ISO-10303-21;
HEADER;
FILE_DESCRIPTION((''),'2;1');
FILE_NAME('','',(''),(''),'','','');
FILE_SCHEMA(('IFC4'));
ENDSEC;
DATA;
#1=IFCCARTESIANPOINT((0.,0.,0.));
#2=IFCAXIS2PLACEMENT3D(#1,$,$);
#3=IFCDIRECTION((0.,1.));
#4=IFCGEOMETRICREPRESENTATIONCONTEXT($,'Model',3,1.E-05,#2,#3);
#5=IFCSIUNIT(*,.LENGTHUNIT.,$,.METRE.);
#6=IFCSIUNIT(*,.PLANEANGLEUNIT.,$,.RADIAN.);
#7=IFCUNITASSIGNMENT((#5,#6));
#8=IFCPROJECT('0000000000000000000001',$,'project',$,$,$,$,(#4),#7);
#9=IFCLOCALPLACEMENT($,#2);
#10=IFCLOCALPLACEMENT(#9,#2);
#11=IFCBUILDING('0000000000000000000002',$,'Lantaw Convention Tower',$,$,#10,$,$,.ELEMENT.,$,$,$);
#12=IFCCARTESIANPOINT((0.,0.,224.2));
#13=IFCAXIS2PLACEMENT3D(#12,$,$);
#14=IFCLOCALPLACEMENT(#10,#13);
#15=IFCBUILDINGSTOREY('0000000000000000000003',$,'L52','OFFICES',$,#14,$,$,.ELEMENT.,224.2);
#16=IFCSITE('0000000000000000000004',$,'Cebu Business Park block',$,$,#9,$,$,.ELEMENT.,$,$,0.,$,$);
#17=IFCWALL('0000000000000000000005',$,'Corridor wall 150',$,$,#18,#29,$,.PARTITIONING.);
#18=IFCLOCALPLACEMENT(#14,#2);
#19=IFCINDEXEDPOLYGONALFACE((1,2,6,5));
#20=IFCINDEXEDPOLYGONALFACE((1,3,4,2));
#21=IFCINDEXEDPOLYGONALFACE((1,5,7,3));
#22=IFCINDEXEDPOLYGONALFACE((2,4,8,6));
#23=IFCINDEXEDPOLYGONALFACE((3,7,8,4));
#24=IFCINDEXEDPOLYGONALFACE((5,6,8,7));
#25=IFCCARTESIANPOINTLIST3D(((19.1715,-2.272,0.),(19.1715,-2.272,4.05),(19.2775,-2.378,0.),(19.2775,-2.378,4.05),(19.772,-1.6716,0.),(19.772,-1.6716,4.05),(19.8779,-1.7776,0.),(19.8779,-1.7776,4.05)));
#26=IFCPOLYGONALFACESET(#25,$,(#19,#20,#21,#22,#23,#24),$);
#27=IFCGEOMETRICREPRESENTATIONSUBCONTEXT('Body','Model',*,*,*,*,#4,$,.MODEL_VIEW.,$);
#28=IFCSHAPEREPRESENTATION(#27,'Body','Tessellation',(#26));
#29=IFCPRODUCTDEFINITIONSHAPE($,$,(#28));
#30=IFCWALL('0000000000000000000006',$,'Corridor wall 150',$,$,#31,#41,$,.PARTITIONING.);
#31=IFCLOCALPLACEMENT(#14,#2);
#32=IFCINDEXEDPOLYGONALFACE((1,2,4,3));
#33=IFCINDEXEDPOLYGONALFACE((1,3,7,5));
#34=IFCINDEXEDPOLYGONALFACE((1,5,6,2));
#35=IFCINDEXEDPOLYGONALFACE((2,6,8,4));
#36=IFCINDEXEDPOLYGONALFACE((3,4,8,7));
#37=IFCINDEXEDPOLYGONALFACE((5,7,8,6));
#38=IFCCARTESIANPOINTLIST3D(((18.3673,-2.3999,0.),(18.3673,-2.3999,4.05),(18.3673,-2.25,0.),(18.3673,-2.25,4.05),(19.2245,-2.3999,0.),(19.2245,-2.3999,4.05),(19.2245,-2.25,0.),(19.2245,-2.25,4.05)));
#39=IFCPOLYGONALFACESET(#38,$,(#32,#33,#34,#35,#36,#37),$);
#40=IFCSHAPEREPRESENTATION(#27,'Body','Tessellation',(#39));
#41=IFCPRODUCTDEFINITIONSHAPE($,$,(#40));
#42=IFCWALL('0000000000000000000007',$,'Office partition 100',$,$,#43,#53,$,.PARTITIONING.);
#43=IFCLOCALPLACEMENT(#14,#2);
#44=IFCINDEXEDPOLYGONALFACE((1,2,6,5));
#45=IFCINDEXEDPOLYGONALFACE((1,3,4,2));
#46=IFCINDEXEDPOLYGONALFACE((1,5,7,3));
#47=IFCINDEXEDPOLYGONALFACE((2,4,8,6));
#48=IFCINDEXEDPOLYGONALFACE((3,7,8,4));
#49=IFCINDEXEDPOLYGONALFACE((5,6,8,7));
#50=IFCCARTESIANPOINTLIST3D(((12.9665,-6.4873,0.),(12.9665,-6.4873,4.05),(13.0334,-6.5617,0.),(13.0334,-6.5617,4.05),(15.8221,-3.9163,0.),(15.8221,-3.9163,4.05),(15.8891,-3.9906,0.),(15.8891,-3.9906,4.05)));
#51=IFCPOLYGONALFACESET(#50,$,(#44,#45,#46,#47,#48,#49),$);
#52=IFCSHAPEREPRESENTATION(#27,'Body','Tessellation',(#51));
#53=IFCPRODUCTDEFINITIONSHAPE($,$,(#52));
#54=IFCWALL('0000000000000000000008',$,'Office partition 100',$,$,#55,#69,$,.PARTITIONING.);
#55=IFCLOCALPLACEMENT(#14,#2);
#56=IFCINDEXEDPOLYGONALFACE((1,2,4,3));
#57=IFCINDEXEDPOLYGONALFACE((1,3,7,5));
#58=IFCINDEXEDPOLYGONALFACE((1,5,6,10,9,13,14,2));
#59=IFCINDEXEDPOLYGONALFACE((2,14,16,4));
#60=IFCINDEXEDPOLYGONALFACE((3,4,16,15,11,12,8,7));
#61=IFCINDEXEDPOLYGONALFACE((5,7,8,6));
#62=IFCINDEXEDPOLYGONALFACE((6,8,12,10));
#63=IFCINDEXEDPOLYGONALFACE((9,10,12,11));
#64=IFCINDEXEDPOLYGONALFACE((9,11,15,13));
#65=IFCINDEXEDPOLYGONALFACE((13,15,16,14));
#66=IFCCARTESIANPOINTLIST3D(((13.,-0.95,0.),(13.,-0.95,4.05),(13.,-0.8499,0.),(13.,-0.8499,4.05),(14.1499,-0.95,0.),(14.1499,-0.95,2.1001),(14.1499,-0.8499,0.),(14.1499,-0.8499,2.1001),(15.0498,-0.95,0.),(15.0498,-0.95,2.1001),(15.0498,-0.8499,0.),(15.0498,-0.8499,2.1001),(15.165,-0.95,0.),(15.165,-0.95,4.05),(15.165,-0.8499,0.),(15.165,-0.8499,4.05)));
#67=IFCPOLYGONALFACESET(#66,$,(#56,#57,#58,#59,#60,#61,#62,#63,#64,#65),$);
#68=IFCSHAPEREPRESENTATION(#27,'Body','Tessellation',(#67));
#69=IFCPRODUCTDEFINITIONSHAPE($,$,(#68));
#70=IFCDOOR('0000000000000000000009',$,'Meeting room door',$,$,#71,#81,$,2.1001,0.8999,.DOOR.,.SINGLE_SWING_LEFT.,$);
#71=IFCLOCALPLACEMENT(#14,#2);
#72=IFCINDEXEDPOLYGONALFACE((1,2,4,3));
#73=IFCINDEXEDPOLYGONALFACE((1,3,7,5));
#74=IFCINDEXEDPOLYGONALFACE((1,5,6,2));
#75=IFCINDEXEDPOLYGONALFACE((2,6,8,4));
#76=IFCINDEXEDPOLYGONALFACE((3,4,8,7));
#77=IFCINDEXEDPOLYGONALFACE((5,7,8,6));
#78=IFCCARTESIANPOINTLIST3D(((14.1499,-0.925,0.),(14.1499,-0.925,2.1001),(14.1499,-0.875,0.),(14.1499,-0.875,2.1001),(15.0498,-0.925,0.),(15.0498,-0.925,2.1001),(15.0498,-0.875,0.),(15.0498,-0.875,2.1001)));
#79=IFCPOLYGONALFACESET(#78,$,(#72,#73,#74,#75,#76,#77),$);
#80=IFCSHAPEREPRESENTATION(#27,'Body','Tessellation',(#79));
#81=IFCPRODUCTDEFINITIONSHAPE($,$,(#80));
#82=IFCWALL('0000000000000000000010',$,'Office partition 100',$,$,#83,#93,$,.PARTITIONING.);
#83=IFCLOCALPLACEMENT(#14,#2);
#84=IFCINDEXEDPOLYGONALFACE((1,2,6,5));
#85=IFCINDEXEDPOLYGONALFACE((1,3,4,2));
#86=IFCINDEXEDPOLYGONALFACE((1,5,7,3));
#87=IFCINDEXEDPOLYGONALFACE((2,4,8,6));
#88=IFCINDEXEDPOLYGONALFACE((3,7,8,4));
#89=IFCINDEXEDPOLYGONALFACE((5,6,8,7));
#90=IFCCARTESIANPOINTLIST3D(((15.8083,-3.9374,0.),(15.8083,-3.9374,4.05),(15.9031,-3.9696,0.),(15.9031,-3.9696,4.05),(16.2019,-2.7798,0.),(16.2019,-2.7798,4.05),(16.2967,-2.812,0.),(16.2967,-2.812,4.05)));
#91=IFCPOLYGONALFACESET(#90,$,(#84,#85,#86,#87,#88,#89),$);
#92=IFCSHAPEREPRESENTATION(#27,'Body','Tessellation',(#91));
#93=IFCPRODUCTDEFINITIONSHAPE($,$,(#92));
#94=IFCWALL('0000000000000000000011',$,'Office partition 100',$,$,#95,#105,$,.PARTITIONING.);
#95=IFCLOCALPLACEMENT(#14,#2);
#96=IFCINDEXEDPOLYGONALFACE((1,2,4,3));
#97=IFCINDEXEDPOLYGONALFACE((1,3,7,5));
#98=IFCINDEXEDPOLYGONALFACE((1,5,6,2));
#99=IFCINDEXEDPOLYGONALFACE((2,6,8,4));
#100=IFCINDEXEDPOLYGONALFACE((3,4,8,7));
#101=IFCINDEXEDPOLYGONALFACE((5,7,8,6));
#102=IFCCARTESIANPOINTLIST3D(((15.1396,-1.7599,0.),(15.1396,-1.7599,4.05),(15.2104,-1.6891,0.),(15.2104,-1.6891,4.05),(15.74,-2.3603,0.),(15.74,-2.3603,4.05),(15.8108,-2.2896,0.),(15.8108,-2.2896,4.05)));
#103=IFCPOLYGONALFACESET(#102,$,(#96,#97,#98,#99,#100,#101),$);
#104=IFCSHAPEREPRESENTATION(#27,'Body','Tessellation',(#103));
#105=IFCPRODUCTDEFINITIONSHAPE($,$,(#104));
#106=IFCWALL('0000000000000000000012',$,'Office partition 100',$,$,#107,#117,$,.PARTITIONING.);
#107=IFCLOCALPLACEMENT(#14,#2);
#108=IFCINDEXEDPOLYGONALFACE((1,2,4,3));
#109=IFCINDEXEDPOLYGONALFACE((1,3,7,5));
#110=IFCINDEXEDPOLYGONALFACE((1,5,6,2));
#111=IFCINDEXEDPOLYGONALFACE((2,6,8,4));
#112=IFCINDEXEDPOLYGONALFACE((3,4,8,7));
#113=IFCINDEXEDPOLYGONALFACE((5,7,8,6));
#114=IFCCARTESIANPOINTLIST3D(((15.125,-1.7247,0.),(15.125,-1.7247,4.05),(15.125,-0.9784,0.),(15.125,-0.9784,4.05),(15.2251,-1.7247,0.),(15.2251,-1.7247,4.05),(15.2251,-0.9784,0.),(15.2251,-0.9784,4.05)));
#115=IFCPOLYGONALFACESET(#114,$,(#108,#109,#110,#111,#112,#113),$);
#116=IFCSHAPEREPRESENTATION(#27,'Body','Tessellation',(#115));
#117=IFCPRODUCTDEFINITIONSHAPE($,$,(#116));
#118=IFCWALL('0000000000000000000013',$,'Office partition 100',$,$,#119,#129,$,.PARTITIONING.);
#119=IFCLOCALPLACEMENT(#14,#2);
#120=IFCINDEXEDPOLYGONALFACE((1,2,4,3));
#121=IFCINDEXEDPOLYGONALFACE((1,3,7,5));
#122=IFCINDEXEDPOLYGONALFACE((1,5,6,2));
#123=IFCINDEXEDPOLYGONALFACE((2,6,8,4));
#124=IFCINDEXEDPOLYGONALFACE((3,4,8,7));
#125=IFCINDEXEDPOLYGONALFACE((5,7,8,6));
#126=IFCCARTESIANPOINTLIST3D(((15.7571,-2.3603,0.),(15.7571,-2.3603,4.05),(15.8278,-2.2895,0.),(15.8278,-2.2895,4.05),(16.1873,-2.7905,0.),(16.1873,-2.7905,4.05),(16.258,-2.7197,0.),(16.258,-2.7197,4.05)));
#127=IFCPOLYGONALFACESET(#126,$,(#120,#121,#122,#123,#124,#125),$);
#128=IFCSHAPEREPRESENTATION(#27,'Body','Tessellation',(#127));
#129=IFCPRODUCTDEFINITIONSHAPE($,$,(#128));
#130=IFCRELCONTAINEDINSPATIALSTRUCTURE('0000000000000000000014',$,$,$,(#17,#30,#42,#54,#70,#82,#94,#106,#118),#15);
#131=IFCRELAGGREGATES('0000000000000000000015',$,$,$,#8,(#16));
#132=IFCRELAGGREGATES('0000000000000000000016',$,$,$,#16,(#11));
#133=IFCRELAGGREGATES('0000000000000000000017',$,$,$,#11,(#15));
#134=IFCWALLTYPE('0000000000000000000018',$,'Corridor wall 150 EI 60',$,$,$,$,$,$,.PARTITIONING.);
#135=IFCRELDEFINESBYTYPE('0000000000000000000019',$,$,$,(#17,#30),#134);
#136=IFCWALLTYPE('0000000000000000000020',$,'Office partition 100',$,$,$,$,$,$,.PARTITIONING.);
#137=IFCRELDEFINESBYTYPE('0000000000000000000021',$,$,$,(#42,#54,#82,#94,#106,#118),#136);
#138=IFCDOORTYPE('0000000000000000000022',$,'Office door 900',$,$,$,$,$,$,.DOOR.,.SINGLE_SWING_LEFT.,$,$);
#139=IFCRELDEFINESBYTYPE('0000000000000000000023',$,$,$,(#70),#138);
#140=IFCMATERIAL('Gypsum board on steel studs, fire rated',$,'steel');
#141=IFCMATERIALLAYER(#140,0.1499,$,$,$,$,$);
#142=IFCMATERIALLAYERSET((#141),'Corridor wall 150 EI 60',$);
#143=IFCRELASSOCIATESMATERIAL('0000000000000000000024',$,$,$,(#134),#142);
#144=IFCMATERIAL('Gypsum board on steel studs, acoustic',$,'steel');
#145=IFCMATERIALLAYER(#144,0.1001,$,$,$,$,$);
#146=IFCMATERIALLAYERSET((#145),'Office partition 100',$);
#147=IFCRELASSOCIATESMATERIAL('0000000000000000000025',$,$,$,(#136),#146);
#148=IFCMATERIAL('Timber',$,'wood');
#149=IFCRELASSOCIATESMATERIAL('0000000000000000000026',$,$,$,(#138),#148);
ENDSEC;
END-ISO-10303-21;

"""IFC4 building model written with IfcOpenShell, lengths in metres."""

from ifc_helpers import new_model, si_unit, direction, frame, frame_2d, origin, place, context, subcontext, project, spatial, rectangle, extrude, material, layer, layer_set, type_object, element, fill, save


model = new_model("IFC4")

# Units and contexts
model_context = context("Model", 3, precision=1e-05, world=origin(), true_north=direction((0.0, 1.0)))
body_context = subcontext(model_context, "Body", "Model", "MODEL_VIEW")
ifc_project = project(units=[si_unit("LENGTHUNIT", "METRE"), si_unit("PLANEANGLEUNIT", "RADIAN")], contexts=[model_context])

# Site, building, storey
site_placement = place(None, origin())
site = spatial("IfcSite", under=ifc_project, at=site_placement, Name="Cebu Business Park block", CompositionType="ELEMENT", RefElevation=0.0)
building_placement = place(site_placement, origin())
building = spatial("IfcBuilding", under=site, at=building_placement, Name="Lantaw Convention Tower", CompositionType="ELEMENT")
storey_placement = place(building_placement, frame((0.0, 0.0, 224.2)))
storey = spatial("IfcBuildingStorey", under=building, at=storey_placement, Name="L52", Description="OFFICES", CompositionType="ELEMENT", Elevation=224.2)

# Shared definitions
ifc_material_1 = material(Name="Gypsum board on steel studs, fire rated", Category="steel")
ifc_layer_1 = layer(ifc_material_1, 0.1499)
ifc_layer_set_1 = layer_set([ifc_layer_1], Name="Corridor wall 150 EI 60")
wall_type_1 = type_object("IfcWallType", Name="Corridor wall 150 EI 60", PredefinedType="PARTITIONING", material=ifc_layer_set_1)

# Walls
wall_1_placement = place(storey_placement, frame((19.825, -1.7246, 0.0), z_axis=(0.0, 0.0, 1.0), x_axis=(-0.707107, -0.707107, 0.0)))
element("IfcWall", 1, at=wall_1_placement, inside=storey, type_object=wall_type_1, Name="Corridor wall 150", PredefinedType="PARTITIONING", context=body_context, shape_type="SweptSolid", body=[
    extrude(rectangle(XDim=0.8491, YDim=0.1499, at=frame_2d((0.4246, 0.0))), origin(), (0.0, 0.0, 1.0), 4.05),
])
wall_2_placement = place(storey_placement, frame((19.2246, -2.325, 0.0), z_axis=(0.0, 0.0, 1.0), x_axis=(-1.0, 0.0, 0.0)))
element("IfcWall", 2, at=wall_2_placement, inside=storey, type_object=wall_type_1, Name="Corridor wall 150", PredefinedType="PARTITIONING", context=body_context, shape_type="SweptSolid", body=[
    extrude(rectangle(XDim=0.8572, YDim=0.1499, at=frame_2d((0.4287, 0.0))), origin(), (0.0, 0.0, 1.0), 4.05),
])
ifc_material_2 = material(Name="Gypsum board on steel studs, acoustic", Category="steel")
ifc_layer_2 = layer(ifc_material_2, 0.1001)
ifc_layer_set_2 = layer_set([ifc_layer_2], Name="Office partition 100")
wall_type_2 = type_object("IfcWallType", Name="Office partition 100", PredefinedType="PARTITIONING", material=ifc_layer_set_2)
wall_3_placement = place(storey_placement, frame((15.8557, -3.9534, 0.0), z_axis=(0.0, 0.0, 1.0), x_axis=(-0.743177, -0.669095, 0.0)))
element("IfcWall", 3, at=wall_3_placement, inside=storey, type_object=wall_type_2, Name="Office partition 100", PredefinedType="PARTITIONING", context=body_context, shape_type="SweptSolid", body=[
    extrude(rectangle(XDim=3.8425, YDim=0.1001, at=frame_2d((1.9214, 0.0))), origin(), (0.0, 0.0, 1.0), 4.05),
])

# Wall, opening, door
wall_4_placement = place(storey_placement, frame((13.0, -0.8999, 0.0), z_axis=(0.0, 0.0, 1.0), x_axis=(1.0, 0.0, 0.0)))
wall_4 = element("IfcWall", 4, at=wall_4_placement, inside=storey, type_object=wall_type_2, Name="Office partition 100", PredefinedType="PARTITIONING", context=body_context, shape_type="SweptSolid", body=[
    extrude(rectangle(XDim=2.165, YDim=0.1001, at=frame_2d((1.0825, 0.0))), origin(), (0.0, 0.0, 1.0), 4.05),
])
opening_1_placement = place(wall_4_placement, frame((1.1499, 0.0, 0.0)))
opening_1 = element("IfcOpeningElement", 5, at=opening_1_placement, cuts=wall_4, PredefinedType="OPENING", context=body_context, shape_type="SweptSolid", body=[
    extrude(rectangle(XDim=0.8999, YDim=2.1001, at=frame_2d((0.45, 1.05))), frame((0.0, 0.0601, 0.0), z_axis=(0.0, -1.0, 0.0), x_axis=(1.0, 0.0, 0.0)), (0.0, 0.0, 1.0), 0.1201),
])
ifc_material_3 = material(Name="Timber", Category="wood")
door_type_1 = type_object("IfcDoorType", Name="Office door 900", OperationType="SINGLE_SWING_LEFT", PredefinedType="DOOR", material=ifc_material_3)
door_1_placement = place(opening_1_placement, origin())
door_1 = element("IfcDoor", 6, at=door_1_placement, inside=storey, type_object=door_type_1, Name="Meeting room door", OperationType="SINGLE_SWING_LEFT", OverallHeight=2.1001, OverallWidth=0.8999, PredefinedType="DOOR", context=body_context, shape_type="SweptSolid", body=[
    extrude(rectangle(XDim=0.8999, YDim=2.1001, at=frame_2d((0.45, 1.05))), frame((0.0, 0.0249, 0.0), z_axis=(0.0, -1.0, 0.0), x_axis=(1.0, 0.0, 0.0)), (0.0, 0.0, 1.0), 0.05),
])
fill(opening_1, door_1)

# Walls
wall_5_placement = place(storey_placement, frame((16.2493, -2.7959, 0.0), z_axis=(0.0, 0.0, 1.0), x_axis=(-0.321913, -0.946769, 0.0)))
element("IfcWall", 7, at=wall_5_placement, inside=storey, type_object=wall_type_2, Name="Office partition 100", PredefinedType="PARTITIONING", context=body_context, shape_type="SweptSolid", body=[
    extrude(rectangle(XDim=1.2227, YDim=0.1001, at=frame_2d((0.6113, 0.0))), origin(), (0.0, 0.0, 1.0), 4.05),
])
wall_6_placement = place(storey_placement, frame((15.7754, -2.325, 0.0), z_axis=(0.0, 0.0, 1.0), x_axis=(-0.707107, 0.707107, 0.0)))
element("IfcWall", 8, at=wall_6_placement, inside=storey, type_object=wall_type_2, Name="Office partition 100", PredefinedType="PARTITIONING", context=body_context, shape_type="SweptSolid", body=[
    extrude(rectangle(XDim=0.8491, YDim=0.1001, at=frame_2d((0.4246, 0.0))), origin(), (0.0, 0.0, 1.0), 4.05),
])
wall_7_placement = place(storey_placement, frame((15.175, -1.7246, 0.0), z_axis=(0.0, 0.0, 1.0), x_axis=(0.0, 1.0, 0.0)))
element("IfcWall", 9, at=wall_7_placement, inside=storey, type_object=wall_type_2, Name="Office partition 100", PredefinedType="PARTITIONING", context=body_context, shape_type="SweptSolid", body=[
    extrude(rectangle(XDim=0.7463, YDim=0.1001, at=frame_2d((0.373, 0.0))), origin(), (0.0, 0.0, 1.0), 4.05),
])
wall_8_placement = place(storey_placement, frame((16.2227, -2.7551, 0.0), z_axis=(0.0, 0.0, 1.0), x_axis=(-0.707107, 0.707107, 0.0)))
element("IfcWall", 10, at=wall_8_placement, inside=storey, type_object=wall_type_2, Name="Office partition 100", PredefinedType="PARTITIONING", context=body_context, shape_type="SweptSolid", body=[
    extrude(rectangle(XDim=0.6084, YDim=0.1001, at=frame_2d((0.3042, 0.0))), origin(), (0.0, 0.0, 1.0), 4.05),
])

save(model, "model.ifc")
